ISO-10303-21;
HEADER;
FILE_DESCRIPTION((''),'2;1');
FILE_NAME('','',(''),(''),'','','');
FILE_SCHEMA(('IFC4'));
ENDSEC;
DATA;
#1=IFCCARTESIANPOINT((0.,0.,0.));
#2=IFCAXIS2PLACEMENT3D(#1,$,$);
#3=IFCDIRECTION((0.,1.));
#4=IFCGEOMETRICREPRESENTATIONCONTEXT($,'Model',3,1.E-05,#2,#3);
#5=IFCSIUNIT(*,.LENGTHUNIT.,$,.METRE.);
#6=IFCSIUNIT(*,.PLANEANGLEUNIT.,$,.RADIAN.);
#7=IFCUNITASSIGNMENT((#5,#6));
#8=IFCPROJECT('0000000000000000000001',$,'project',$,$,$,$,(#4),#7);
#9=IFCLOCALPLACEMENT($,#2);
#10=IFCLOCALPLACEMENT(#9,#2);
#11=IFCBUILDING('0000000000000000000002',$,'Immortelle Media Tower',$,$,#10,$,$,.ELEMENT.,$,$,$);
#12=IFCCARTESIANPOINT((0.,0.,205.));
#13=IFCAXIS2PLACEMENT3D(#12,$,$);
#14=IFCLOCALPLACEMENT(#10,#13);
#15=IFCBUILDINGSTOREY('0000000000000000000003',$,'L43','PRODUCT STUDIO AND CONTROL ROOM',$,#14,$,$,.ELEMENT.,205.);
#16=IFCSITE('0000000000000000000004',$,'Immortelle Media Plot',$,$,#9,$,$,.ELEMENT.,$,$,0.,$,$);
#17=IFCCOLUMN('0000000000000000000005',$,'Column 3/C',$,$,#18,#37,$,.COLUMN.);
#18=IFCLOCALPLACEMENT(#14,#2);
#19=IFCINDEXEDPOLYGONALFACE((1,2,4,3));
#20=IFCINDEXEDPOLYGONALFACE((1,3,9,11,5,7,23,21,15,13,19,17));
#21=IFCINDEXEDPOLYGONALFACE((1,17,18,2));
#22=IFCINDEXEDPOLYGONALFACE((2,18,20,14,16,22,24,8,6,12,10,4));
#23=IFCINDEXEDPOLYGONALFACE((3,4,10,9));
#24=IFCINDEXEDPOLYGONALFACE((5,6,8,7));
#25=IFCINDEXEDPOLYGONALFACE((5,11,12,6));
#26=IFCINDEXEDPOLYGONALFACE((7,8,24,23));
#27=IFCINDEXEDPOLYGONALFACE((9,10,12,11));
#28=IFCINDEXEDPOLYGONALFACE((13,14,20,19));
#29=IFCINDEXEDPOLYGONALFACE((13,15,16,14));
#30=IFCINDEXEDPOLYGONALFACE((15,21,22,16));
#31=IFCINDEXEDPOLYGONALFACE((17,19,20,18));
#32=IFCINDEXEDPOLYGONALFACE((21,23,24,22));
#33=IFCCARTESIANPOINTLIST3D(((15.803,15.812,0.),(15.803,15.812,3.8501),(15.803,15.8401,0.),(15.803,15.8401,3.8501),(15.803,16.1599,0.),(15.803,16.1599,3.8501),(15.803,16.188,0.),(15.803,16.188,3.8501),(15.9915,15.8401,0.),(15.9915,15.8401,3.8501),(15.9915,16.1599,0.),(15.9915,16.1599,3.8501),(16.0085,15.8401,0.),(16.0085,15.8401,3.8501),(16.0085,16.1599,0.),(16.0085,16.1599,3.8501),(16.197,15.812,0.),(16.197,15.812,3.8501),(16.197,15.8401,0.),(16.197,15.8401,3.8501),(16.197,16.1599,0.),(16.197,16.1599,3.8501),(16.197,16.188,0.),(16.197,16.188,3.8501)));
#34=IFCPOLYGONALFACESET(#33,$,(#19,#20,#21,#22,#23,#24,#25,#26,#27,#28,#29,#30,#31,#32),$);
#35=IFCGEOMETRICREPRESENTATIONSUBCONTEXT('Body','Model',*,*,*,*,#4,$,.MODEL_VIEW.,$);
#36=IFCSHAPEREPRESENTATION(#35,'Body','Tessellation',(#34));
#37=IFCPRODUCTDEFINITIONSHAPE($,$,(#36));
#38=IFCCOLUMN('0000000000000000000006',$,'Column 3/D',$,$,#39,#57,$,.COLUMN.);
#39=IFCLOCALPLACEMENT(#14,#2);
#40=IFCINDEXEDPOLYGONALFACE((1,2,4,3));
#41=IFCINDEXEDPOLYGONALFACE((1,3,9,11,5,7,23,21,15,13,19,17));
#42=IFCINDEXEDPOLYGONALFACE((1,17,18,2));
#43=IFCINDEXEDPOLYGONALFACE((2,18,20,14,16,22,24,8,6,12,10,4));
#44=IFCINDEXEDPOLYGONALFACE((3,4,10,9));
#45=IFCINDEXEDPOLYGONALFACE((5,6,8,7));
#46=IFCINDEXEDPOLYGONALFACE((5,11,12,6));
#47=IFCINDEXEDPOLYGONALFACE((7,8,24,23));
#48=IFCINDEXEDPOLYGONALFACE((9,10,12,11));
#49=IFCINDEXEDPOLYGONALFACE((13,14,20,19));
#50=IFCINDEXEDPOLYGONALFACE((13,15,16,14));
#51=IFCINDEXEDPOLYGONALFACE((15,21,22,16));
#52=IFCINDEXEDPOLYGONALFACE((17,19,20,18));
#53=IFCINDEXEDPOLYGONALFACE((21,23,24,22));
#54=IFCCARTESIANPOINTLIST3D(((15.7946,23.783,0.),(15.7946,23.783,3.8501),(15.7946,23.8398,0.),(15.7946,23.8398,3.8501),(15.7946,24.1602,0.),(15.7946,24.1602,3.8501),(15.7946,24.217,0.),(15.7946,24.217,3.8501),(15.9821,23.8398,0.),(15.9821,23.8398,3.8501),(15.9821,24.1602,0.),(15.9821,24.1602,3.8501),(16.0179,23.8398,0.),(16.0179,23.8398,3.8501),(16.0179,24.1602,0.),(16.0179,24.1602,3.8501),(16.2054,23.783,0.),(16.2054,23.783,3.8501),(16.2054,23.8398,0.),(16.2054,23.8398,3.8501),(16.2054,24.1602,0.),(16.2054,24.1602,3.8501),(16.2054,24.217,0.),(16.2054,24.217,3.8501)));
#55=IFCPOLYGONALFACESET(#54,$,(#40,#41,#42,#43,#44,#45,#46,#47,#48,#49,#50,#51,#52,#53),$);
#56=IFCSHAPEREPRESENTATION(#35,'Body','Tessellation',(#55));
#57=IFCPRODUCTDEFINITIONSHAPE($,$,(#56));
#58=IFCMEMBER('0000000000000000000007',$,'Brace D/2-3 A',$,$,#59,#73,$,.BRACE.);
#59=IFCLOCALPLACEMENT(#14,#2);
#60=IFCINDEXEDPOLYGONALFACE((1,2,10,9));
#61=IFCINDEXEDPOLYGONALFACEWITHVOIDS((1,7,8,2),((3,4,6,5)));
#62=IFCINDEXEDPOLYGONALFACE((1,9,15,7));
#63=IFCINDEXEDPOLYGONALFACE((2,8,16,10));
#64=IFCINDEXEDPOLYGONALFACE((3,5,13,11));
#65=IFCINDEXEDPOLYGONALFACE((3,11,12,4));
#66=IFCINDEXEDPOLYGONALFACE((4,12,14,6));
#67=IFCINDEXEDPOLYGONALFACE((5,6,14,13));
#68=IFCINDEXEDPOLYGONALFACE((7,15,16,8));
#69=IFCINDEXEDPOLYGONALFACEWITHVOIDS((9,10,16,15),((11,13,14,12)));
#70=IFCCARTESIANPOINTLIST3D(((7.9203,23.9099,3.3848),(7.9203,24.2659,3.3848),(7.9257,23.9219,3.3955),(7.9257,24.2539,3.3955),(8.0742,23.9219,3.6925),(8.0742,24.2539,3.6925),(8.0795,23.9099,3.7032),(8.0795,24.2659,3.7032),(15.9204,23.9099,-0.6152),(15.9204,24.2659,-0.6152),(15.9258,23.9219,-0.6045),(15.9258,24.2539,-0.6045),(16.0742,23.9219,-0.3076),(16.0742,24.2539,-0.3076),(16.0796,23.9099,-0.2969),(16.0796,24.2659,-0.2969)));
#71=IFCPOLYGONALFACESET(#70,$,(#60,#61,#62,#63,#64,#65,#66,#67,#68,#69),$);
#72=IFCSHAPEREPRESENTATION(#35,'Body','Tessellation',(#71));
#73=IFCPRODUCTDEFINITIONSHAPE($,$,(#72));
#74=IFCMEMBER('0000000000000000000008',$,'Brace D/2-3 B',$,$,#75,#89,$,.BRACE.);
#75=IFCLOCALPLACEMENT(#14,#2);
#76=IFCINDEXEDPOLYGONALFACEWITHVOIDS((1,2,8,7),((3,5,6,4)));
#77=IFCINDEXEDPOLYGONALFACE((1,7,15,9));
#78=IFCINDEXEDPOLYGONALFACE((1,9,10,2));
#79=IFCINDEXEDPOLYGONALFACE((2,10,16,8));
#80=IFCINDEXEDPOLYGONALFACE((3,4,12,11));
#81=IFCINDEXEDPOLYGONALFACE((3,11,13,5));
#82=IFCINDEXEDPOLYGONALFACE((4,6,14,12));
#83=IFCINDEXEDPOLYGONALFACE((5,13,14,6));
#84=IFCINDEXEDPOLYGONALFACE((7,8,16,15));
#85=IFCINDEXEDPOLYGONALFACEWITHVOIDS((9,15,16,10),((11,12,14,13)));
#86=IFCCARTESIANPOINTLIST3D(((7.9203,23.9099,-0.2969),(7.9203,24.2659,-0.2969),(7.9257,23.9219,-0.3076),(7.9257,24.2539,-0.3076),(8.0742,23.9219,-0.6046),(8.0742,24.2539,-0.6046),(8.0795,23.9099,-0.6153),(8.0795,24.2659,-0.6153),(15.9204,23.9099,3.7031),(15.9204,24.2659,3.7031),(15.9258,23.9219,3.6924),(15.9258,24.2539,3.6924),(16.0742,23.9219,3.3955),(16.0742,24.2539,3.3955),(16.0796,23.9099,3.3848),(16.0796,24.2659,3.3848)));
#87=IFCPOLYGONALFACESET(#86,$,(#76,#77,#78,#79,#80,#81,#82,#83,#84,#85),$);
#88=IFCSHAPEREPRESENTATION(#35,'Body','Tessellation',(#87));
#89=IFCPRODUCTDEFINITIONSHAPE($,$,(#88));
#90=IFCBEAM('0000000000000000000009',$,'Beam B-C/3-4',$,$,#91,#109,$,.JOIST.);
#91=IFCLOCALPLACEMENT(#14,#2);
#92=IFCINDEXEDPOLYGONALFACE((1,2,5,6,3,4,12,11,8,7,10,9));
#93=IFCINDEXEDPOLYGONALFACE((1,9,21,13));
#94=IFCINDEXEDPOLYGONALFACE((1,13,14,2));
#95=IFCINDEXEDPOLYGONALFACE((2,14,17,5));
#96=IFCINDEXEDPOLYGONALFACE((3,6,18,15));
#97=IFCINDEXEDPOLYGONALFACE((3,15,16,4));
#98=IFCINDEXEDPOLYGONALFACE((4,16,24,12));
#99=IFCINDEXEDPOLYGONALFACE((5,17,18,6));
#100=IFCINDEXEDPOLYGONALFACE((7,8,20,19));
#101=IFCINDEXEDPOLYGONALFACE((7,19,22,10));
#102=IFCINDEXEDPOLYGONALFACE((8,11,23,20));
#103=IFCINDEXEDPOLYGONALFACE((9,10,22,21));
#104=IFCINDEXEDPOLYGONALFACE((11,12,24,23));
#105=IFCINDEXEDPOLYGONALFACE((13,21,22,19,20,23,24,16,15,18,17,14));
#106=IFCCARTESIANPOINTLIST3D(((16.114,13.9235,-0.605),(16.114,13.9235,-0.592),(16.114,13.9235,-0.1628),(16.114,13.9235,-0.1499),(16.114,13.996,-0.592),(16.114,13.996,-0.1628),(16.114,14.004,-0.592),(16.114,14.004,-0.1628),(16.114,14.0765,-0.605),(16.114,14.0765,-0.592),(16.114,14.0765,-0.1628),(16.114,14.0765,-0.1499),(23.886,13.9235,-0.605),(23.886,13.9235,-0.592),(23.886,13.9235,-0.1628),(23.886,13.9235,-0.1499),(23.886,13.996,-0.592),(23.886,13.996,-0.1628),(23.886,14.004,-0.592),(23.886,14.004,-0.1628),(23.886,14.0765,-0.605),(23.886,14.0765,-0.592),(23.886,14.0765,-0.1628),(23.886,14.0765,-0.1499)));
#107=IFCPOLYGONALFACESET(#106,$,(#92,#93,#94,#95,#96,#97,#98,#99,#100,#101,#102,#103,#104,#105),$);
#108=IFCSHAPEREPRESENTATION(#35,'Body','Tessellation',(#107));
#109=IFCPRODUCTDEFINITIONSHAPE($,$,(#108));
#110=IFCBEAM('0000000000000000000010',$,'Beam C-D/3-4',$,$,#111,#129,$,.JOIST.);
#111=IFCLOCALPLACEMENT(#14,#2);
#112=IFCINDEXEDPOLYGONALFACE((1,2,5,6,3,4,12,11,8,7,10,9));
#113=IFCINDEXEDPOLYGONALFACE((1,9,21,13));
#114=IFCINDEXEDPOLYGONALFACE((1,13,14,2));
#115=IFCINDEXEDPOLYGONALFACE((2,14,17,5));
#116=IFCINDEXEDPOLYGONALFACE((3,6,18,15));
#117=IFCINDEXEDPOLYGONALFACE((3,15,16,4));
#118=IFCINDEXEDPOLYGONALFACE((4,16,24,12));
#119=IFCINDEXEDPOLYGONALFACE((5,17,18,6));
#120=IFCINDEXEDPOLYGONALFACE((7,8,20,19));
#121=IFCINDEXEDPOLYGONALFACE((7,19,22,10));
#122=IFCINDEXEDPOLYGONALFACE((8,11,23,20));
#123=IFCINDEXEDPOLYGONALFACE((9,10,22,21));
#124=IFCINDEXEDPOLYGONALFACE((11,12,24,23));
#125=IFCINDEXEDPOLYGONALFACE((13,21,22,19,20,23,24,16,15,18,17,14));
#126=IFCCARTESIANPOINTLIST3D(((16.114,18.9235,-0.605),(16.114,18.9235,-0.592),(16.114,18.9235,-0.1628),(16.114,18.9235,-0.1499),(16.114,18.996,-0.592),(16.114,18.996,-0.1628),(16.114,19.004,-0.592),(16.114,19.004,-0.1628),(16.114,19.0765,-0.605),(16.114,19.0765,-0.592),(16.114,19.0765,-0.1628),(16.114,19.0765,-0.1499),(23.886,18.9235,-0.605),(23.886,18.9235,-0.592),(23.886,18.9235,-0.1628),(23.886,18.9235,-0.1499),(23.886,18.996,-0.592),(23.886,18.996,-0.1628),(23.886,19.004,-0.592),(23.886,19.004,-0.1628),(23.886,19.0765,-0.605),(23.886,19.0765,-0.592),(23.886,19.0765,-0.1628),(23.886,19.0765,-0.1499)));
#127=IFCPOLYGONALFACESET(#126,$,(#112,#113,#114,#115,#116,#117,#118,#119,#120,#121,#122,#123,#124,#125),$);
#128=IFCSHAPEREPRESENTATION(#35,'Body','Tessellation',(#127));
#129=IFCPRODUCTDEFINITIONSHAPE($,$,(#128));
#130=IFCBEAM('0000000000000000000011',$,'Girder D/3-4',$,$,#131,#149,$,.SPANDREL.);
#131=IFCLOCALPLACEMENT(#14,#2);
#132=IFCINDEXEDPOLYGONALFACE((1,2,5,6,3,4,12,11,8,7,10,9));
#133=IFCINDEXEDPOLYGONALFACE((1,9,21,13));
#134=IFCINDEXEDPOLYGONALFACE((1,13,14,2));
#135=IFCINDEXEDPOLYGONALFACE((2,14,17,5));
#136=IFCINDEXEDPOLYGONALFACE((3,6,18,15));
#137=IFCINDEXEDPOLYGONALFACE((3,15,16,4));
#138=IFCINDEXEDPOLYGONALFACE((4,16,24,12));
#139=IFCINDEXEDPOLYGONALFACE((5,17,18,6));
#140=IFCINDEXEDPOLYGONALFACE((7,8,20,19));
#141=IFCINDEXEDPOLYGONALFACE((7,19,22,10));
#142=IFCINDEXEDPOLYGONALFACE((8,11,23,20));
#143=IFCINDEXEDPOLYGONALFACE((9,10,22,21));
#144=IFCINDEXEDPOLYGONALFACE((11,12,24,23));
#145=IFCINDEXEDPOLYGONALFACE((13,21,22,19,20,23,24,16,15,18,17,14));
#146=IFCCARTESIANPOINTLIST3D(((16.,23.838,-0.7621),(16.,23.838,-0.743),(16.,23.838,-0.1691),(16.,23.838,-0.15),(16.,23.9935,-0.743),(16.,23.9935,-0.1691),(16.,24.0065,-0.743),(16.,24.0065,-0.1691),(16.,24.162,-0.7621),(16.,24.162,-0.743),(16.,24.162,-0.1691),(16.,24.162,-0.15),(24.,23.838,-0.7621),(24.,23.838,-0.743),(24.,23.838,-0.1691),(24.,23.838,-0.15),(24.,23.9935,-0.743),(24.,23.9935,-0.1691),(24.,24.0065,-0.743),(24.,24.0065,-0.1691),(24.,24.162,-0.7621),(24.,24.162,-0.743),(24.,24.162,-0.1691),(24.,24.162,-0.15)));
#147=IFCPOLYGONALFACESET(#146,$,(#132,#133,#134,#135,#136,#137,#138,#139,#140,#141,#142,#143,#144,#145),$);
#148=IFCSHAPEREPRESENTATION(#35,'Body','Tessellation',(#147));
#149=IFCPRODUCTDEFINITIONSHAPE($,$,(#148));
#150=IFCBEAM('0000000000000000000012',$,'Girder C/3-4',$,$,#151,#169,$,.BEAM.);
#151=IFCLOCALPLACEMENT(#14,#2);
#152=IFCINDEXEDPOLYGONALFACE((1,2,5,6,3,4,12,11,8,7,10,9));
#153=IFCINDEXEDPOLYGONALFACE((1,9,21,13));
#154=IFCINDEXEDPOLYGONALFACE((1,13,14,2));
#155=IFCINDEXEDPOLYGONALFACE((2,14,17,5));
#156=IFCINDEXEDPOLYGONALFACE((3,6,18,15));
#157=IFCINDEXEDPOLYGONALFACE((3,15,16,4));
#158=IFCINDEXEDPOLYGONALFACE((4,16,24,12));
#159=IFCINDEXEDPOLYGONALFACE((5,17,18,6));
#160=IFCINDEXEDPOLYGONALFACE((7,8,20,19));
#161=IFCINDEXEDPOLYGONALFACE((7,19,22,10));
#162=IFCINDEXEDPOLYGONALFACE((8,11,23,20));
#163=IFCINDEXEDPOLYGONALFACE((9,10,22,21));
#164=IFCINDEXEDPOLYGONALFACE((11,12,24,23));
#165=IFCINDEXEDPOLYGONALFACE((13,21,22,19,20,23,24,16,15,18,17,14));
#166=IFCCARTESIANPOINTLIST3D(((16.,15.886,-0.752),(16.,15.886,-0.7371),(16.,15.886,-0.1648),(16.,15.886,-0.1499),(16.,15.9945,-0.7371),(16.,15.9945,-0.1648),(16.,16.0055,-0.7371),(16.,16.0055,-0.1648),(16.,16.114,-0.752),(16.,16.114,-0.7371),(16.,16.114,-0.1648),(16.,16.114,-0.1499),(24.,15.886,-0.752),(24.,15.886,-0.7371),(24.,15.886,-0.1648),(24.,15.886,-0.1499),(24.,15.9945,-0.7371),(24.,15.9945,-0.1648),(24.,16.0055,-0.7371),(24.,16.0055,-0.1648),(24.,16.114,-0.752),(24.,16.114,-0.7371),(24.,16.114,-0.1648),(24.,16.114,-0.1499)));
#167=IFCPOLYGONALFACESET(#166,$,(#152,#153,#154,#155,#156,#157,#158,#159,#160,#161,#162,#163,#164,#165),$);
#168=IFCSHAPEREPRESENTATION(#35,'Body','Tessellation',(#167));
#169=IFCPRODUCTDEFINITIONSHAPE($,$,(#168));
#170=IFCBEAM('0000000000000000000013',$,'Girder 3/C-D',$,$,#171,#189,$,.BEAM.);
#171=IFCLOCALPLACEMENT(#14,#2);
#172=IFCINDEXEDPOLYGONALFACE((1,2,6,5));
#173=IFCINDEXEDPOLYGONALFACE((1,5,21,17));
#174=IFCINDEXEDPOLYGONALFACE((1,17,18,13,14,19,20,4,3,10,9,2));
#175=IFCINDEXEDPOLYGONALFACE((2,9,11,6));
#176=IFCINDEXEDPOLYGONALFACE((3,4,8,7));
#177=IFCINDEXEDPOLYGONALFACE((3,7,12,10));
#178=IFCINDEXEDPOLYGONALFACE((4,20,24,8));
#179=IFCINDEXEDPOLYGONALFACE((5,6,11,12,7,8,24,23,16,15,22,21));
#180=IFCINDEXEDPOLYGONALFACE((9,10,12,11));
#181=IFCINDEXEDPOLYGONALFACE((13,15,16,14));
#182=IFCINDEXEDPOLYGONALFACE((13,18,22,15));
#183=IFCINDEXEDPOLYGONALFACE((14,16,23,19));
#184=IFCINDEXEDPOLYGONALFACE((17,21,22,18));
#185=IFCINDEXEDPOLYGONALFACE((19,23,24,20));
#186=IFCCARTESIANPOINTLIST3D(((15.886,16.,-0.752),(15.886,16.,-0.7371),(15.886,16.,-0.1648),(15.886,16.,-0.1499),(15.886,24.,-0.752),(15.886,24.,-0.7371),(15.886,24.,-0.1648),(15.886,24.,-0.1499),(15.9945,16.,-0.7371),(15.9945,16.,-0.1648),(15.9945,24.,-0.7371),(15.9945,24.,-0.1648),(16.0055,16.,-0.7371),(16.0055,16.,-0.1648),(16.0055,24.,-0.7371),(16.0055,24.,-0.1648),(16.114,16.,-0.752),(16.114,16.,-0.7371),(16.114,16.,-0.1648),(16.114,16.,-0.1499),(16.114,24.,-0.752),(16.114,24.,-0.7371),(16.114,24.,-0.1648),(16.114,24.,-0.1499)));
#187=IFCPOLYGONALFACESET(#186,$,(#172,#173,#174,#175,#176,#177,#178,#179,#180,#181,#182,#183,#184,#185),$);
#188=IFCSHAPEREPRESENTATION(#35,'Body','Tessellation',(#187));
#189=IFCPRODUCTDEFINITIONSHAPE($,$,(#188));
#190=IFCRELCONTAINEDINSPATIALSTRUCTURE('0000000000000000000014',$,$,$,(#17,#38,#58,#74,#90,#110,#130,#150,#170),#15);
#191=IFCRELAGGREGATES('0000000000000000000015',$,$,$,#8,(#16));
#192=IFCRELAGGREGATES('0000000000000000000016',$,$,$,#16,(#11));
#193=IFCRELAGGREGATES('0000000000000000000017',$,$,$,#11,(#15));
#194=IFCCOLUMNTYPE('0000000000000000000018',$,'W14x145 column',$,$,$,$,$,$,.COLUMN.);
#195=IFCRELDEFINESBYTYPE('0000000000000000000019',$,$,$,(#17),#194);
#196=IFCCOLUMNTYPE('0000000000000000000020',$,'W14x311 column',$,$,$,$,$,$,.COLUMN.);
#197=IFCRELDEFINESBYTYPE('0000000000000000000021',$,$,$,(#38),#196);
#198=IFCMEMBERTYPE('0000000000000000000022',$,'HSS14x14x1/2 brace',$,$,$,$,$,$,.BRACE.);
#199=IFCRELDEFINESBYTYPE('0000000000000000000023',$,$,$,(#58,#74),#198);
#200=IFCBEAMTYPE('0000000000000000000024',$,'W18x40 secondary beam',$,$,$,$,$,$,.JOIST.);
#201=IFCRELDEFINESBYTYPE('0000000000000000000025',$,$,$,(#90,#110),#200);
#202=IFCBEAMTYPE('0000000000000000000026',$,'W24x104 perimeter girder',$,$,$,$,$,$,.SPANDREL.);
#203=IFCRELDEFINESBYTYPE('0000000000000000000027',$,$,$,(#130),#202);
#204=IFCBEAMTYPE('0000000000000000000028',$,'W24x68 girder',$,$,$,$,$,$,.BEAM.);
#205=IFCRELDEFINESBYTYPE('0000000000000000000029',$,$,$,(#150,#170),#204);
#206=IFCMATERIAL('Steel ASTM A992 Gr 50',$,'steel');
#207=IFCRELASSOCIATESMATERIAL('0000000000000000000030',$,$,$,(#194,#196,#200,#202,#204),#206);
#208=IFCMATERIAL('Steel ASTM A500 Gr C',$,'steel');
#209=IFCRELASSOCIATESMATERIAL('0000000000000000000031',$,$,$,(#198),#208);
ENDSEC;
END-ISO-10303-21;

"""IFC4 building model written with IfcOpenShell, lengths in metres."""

from ifc_helpers import new_model, si_unit, direction, frame, origin, origin_2d, place, context, subcontext, project, spatial, hollow_rectangle, i_section, extrude, material, material_profile, profile_set, type_object, element, save


model = new_model("IFC4")

# Units and contexts
model_context = context("Model", 3, precision=1e-05, world=origin(), true_north=direction((0.0, 1.0)))
body_context = subcontext(model_context, "Body", "Model", "MODEL_VIEW")
ifc_project = project(units=[si_unit("LENGTHUNIT", "METRE"), si_unit("PLANEANGLEUNIT", "RADIAN")], contexts=[model_context])

# Site, building, storey
site_placement = place(None, origin())
site = spatial("IfcSite", under=ifc_project, at=site_placement, Name="Immortelle Media Plot", CompositionType="ELEMENT", RefElevation=0.0)
building_placement = place(site_placement, origin())
building = spatial("IfcBuilding", under=site, at=building_placement, Name="Immortelle Media Tower", CompositionType="ELEMENT")
storey_placement = place(building_placement, frame((0.0, 0.0, 205.0)))
storey = spatial("IfcBuildingStorey", under=building, at=storey_placement, Name="L43", Description="PRODUCT STUDIO AND CONTROL ROOM", CompositionType="ELEMENT", Elevation=205.0)

# Columns
ifc_material_1 = material(Name="Steel ASTM A992 Gr 50", Category="steel")
ifc_material_profile_1 = material_profile(ifc_material_1, i_section(OverallWidth=0.394, OverallDepth=0.376, WebThickness=0.0171, FlangeThickness=0.0281, at=origin_2d()), Name="W14x145")
ifc_profile_set_1 = profile_set([ifc_material_profile_1], Name="Steel ASTM A992 Gr 50")
column_type_1 = type_object("IfcColumnType", Name="W14x145 column", PredefinedType="COLUMN", material=ifc_profile_set_1)
column_1_placement = place(storey_placement, frame((16.0, 16.0, 0.0), z_axis=(0.0, 0.0, 1.0), x_axis=(1.0, 0.0, 0.0)))
element("IfcColumn", 1, at=column_1_placement, inside=storey, type_object=column_type_1, Name="Column 3/C", PredefinedType="COLUMN", context=body_context, shape_type="SweptSolid", body=[
    extrude(i_section(OverallWidth=0.394, OverallDepth=0.376, WebThickness=0.0171, FlangeThickness=0.0281, at=origin_2d()), origin(), (0.0, 0.0, 1.0), 3.8501),
])
ifc_material_profile_2 = material_profile(ifc_material_1, i_section(OverallWidth=0.4109, OverallDepth=0.4341, WebThickness=0.0359, FlangeThickness=0.0569, at=origin_2d()), Name="W14x311")
ifc_profile_set_2 = profile_set([ifc_material_profile_2], Name="Steel ASTM A992 Gr 50")
column_type_2 = type_object("IfcColumnType", Name="W14x311 column", PredefinedType="COLUMN", material=ifc_profile_set_2)
column_2_placement = place(storey_placement, frame((16.0, 24.0, 0.0), z_axis=(0.0, 0.0, 1.0), x_axis=(1.0, 0.0, 0.0)))
element("IfcColumn", 2, at=column_2_placement, inside=storey, type_object=column_type_2, Name="Column 3/D", PredefinedType="COLUMN", context=body_context, shape_type="SweptSolid", body=[
    extrude(i_section(OverallWidth=0.4109, OverallDepth=0.4341, WebThickness=0.0359, FlangeThickness=0.0569, at=origin_2d()), origin(), (0.0, 0.0, 1.0), 3.8501),
])

# Members
ifc_material_2 = material(Name="Steel ASTM A500 Gr C", Category="steel")
ifc_material_profile_3 = material_profile(ifc_material_2, hollow_rectangle(XDim=0.356, YDim=0.356, WallThickness=0.012, at=origin_2d()), Name="HSS14x14x1/2 brace")
ifc_profile_set_3 = profile_set([ifc_material_profile_3], Name="Steel ASTM A500 Gr C")
member_type = type_object("IfcMemberType", Name="HSS14x14x1/2 brace", PredefinedType="BRACE", material=ifc_profile_set_3)
for number, where, z_axis, x_axis, name in (
    (3, (16.0, 24.0879, -0.4561), (-0.894427, 0.0, 0.447214), (0.0, -1.0, 0.0), "Brace D/2-3 A"),
    (4, (16.0, 24.0879, 3.5439), (-0.894427, 0.0, -0.447214), (0.0, -1.0, 0.0), "Brace D/2-3 B"),
):
    element("IfcMember", number, at=place(storey_placement, frame(where, z_axis=z_axis, x_axis=x_axis)), inside=storey, type_object=member_type, Name=name, PredefinedType="BRACE", context=body_context, shape_type="SweptSolid", body=[
        extrude(hollow_rectangle(XDim=0.356, YDim=0.356, WallThickness=0.012, at=origin_2d()), origin(), (0.0, 0.0, 1.0), 8.9443),
    ])

# Beams
ifc_material_profile_4 = material_profile(ifc_material_1, i_section(OverallWidth=0.1531, OverallDepth=0.4551, WebThickness=0.0081, FlangeThickness=0.0129, at=origin_2d()), Name="W18x40")
ifc_profile_set_4 = profile_set([ifc_material_profile_4], Name="Steel ASTM A992 Gr 50")
beam_type_1 = type_object("IfcBeamType", Name="W18x40 secondary beam", PredefinedType="JOIST", material=ifc_profile_set_4)
for number, where, z_axis, x_axis, name in (
    (5, (16.114, 14.0, -0.3774), (1.0, 0.0, 0.0), (0.0, 1.0, 0.0), "Beam B-C/3-4"),
    (6, (16.114, 19.0, -0.3774), (1.0, 0.0, 0.0), (0.0, 1.0, 0.0), "Beam C-D/3-4"),
):
    element("IfcBeam", number, at=place(storey_placement, frame(where, z_axis=z_axis, x_axis=x_axis)), inside=storey, type_object=beam_type_1, Name=name, PredefinedType="JOIST", context=body_context, shape_type="SweptSolid", body=[
        extrude(i_section(OverallWidth=0.1531, OverallDepth=0.4551, WebThickness=0.0081, FlangeThickness=0.0129, at=origin_2d()), origin(), (0.0, 0.0, 1.0), 7.772),
    ])
ifc_material_profile_5 = material_profile(ifc_material_1, i_section(OverallWidth=0.324, OverallDepth=0.6121, WebThickness=0.0129, FlangeThickness=0.019, at=origin_2d()), Name="W24x104")
ifc_profile_set_5 = profile_set([ifc_material_profile_5], Name="Steel ASTM A992 Gr 50")
beam_type_2 = type_object("IfcBeamType", Name="W24x104 perimeter girder", PredefinedType="SPANDREL", material=ifc_profile_set_5)
beam_placement = place(storey_placement, frame((16.0, 24.0, -0.4561), z_axis=(1.0, 0.0, 0.0), x_axis=(0.0, 1.0, 0.0)))
element("IfcBeam", 7, at=beam_placement, inside=storey, type_object=beam_type_2, Name="Girder D/3-4", PredefinedType="SPANDREL", context=body_context, shape_type="SweptSolid", body=[
    extrude(i_section(OverallWidth=0.324, OverallDepth=0.6121, WebThickness=0.0129, FlangeThickness=0.019, at=origin_2d()), origin(), (0.0, 0.0, 1.0), 8.0),
])
ifc_material_profile_6 = material_profile(ifc_material_1, i_section(OverallWidth=0.228, OverallDepth=0.6021, WebThickness=0.011, FlangeThickness=0.0149, at=origin_2d()), Name="W24x68")
ifc_profile_set_6 = profile_set([ifc_material_profile_6], Name="Steel ASTM A992 Gr 50")
beam_type_3 = type_object("IfcBeamType", Name="W24x68 girder", PredefinedType="BEAM", material=ifc_profile_set_6)
for number, where, z_axis, x_axis, name in (
    (8, (16.0, 16.0, -0.4509), (1.0, 0.0, 0.0), (0.0, 1.0, 0.0), "Girder C/3-4"),
    (9, (16.0, 16.0, -0.4509), (0.0, 1.0, 0.0), (-1.0, 0.0, 0.0), "Girder 3/C-D"),
):
    element("IfcBeam", number, at=place(storey_placement, frame(where, z_axis=z_axis, x_axis=x_axis)), inside=storey, type_object=beam_type_3, Name=name, PredefinedType="BEAM", context=body_context, shape_type="SweptSolid", body=[
        extrude(i_section(OverallWidth=0.228, OverallDepth=0.6021, WebThickness=0.011, FlangeThickness=0.0149, at=origin_2d()), origin(), (0.0, 0.0, 1.0), 8.0),
    ])

save(model, "model.ifc")
